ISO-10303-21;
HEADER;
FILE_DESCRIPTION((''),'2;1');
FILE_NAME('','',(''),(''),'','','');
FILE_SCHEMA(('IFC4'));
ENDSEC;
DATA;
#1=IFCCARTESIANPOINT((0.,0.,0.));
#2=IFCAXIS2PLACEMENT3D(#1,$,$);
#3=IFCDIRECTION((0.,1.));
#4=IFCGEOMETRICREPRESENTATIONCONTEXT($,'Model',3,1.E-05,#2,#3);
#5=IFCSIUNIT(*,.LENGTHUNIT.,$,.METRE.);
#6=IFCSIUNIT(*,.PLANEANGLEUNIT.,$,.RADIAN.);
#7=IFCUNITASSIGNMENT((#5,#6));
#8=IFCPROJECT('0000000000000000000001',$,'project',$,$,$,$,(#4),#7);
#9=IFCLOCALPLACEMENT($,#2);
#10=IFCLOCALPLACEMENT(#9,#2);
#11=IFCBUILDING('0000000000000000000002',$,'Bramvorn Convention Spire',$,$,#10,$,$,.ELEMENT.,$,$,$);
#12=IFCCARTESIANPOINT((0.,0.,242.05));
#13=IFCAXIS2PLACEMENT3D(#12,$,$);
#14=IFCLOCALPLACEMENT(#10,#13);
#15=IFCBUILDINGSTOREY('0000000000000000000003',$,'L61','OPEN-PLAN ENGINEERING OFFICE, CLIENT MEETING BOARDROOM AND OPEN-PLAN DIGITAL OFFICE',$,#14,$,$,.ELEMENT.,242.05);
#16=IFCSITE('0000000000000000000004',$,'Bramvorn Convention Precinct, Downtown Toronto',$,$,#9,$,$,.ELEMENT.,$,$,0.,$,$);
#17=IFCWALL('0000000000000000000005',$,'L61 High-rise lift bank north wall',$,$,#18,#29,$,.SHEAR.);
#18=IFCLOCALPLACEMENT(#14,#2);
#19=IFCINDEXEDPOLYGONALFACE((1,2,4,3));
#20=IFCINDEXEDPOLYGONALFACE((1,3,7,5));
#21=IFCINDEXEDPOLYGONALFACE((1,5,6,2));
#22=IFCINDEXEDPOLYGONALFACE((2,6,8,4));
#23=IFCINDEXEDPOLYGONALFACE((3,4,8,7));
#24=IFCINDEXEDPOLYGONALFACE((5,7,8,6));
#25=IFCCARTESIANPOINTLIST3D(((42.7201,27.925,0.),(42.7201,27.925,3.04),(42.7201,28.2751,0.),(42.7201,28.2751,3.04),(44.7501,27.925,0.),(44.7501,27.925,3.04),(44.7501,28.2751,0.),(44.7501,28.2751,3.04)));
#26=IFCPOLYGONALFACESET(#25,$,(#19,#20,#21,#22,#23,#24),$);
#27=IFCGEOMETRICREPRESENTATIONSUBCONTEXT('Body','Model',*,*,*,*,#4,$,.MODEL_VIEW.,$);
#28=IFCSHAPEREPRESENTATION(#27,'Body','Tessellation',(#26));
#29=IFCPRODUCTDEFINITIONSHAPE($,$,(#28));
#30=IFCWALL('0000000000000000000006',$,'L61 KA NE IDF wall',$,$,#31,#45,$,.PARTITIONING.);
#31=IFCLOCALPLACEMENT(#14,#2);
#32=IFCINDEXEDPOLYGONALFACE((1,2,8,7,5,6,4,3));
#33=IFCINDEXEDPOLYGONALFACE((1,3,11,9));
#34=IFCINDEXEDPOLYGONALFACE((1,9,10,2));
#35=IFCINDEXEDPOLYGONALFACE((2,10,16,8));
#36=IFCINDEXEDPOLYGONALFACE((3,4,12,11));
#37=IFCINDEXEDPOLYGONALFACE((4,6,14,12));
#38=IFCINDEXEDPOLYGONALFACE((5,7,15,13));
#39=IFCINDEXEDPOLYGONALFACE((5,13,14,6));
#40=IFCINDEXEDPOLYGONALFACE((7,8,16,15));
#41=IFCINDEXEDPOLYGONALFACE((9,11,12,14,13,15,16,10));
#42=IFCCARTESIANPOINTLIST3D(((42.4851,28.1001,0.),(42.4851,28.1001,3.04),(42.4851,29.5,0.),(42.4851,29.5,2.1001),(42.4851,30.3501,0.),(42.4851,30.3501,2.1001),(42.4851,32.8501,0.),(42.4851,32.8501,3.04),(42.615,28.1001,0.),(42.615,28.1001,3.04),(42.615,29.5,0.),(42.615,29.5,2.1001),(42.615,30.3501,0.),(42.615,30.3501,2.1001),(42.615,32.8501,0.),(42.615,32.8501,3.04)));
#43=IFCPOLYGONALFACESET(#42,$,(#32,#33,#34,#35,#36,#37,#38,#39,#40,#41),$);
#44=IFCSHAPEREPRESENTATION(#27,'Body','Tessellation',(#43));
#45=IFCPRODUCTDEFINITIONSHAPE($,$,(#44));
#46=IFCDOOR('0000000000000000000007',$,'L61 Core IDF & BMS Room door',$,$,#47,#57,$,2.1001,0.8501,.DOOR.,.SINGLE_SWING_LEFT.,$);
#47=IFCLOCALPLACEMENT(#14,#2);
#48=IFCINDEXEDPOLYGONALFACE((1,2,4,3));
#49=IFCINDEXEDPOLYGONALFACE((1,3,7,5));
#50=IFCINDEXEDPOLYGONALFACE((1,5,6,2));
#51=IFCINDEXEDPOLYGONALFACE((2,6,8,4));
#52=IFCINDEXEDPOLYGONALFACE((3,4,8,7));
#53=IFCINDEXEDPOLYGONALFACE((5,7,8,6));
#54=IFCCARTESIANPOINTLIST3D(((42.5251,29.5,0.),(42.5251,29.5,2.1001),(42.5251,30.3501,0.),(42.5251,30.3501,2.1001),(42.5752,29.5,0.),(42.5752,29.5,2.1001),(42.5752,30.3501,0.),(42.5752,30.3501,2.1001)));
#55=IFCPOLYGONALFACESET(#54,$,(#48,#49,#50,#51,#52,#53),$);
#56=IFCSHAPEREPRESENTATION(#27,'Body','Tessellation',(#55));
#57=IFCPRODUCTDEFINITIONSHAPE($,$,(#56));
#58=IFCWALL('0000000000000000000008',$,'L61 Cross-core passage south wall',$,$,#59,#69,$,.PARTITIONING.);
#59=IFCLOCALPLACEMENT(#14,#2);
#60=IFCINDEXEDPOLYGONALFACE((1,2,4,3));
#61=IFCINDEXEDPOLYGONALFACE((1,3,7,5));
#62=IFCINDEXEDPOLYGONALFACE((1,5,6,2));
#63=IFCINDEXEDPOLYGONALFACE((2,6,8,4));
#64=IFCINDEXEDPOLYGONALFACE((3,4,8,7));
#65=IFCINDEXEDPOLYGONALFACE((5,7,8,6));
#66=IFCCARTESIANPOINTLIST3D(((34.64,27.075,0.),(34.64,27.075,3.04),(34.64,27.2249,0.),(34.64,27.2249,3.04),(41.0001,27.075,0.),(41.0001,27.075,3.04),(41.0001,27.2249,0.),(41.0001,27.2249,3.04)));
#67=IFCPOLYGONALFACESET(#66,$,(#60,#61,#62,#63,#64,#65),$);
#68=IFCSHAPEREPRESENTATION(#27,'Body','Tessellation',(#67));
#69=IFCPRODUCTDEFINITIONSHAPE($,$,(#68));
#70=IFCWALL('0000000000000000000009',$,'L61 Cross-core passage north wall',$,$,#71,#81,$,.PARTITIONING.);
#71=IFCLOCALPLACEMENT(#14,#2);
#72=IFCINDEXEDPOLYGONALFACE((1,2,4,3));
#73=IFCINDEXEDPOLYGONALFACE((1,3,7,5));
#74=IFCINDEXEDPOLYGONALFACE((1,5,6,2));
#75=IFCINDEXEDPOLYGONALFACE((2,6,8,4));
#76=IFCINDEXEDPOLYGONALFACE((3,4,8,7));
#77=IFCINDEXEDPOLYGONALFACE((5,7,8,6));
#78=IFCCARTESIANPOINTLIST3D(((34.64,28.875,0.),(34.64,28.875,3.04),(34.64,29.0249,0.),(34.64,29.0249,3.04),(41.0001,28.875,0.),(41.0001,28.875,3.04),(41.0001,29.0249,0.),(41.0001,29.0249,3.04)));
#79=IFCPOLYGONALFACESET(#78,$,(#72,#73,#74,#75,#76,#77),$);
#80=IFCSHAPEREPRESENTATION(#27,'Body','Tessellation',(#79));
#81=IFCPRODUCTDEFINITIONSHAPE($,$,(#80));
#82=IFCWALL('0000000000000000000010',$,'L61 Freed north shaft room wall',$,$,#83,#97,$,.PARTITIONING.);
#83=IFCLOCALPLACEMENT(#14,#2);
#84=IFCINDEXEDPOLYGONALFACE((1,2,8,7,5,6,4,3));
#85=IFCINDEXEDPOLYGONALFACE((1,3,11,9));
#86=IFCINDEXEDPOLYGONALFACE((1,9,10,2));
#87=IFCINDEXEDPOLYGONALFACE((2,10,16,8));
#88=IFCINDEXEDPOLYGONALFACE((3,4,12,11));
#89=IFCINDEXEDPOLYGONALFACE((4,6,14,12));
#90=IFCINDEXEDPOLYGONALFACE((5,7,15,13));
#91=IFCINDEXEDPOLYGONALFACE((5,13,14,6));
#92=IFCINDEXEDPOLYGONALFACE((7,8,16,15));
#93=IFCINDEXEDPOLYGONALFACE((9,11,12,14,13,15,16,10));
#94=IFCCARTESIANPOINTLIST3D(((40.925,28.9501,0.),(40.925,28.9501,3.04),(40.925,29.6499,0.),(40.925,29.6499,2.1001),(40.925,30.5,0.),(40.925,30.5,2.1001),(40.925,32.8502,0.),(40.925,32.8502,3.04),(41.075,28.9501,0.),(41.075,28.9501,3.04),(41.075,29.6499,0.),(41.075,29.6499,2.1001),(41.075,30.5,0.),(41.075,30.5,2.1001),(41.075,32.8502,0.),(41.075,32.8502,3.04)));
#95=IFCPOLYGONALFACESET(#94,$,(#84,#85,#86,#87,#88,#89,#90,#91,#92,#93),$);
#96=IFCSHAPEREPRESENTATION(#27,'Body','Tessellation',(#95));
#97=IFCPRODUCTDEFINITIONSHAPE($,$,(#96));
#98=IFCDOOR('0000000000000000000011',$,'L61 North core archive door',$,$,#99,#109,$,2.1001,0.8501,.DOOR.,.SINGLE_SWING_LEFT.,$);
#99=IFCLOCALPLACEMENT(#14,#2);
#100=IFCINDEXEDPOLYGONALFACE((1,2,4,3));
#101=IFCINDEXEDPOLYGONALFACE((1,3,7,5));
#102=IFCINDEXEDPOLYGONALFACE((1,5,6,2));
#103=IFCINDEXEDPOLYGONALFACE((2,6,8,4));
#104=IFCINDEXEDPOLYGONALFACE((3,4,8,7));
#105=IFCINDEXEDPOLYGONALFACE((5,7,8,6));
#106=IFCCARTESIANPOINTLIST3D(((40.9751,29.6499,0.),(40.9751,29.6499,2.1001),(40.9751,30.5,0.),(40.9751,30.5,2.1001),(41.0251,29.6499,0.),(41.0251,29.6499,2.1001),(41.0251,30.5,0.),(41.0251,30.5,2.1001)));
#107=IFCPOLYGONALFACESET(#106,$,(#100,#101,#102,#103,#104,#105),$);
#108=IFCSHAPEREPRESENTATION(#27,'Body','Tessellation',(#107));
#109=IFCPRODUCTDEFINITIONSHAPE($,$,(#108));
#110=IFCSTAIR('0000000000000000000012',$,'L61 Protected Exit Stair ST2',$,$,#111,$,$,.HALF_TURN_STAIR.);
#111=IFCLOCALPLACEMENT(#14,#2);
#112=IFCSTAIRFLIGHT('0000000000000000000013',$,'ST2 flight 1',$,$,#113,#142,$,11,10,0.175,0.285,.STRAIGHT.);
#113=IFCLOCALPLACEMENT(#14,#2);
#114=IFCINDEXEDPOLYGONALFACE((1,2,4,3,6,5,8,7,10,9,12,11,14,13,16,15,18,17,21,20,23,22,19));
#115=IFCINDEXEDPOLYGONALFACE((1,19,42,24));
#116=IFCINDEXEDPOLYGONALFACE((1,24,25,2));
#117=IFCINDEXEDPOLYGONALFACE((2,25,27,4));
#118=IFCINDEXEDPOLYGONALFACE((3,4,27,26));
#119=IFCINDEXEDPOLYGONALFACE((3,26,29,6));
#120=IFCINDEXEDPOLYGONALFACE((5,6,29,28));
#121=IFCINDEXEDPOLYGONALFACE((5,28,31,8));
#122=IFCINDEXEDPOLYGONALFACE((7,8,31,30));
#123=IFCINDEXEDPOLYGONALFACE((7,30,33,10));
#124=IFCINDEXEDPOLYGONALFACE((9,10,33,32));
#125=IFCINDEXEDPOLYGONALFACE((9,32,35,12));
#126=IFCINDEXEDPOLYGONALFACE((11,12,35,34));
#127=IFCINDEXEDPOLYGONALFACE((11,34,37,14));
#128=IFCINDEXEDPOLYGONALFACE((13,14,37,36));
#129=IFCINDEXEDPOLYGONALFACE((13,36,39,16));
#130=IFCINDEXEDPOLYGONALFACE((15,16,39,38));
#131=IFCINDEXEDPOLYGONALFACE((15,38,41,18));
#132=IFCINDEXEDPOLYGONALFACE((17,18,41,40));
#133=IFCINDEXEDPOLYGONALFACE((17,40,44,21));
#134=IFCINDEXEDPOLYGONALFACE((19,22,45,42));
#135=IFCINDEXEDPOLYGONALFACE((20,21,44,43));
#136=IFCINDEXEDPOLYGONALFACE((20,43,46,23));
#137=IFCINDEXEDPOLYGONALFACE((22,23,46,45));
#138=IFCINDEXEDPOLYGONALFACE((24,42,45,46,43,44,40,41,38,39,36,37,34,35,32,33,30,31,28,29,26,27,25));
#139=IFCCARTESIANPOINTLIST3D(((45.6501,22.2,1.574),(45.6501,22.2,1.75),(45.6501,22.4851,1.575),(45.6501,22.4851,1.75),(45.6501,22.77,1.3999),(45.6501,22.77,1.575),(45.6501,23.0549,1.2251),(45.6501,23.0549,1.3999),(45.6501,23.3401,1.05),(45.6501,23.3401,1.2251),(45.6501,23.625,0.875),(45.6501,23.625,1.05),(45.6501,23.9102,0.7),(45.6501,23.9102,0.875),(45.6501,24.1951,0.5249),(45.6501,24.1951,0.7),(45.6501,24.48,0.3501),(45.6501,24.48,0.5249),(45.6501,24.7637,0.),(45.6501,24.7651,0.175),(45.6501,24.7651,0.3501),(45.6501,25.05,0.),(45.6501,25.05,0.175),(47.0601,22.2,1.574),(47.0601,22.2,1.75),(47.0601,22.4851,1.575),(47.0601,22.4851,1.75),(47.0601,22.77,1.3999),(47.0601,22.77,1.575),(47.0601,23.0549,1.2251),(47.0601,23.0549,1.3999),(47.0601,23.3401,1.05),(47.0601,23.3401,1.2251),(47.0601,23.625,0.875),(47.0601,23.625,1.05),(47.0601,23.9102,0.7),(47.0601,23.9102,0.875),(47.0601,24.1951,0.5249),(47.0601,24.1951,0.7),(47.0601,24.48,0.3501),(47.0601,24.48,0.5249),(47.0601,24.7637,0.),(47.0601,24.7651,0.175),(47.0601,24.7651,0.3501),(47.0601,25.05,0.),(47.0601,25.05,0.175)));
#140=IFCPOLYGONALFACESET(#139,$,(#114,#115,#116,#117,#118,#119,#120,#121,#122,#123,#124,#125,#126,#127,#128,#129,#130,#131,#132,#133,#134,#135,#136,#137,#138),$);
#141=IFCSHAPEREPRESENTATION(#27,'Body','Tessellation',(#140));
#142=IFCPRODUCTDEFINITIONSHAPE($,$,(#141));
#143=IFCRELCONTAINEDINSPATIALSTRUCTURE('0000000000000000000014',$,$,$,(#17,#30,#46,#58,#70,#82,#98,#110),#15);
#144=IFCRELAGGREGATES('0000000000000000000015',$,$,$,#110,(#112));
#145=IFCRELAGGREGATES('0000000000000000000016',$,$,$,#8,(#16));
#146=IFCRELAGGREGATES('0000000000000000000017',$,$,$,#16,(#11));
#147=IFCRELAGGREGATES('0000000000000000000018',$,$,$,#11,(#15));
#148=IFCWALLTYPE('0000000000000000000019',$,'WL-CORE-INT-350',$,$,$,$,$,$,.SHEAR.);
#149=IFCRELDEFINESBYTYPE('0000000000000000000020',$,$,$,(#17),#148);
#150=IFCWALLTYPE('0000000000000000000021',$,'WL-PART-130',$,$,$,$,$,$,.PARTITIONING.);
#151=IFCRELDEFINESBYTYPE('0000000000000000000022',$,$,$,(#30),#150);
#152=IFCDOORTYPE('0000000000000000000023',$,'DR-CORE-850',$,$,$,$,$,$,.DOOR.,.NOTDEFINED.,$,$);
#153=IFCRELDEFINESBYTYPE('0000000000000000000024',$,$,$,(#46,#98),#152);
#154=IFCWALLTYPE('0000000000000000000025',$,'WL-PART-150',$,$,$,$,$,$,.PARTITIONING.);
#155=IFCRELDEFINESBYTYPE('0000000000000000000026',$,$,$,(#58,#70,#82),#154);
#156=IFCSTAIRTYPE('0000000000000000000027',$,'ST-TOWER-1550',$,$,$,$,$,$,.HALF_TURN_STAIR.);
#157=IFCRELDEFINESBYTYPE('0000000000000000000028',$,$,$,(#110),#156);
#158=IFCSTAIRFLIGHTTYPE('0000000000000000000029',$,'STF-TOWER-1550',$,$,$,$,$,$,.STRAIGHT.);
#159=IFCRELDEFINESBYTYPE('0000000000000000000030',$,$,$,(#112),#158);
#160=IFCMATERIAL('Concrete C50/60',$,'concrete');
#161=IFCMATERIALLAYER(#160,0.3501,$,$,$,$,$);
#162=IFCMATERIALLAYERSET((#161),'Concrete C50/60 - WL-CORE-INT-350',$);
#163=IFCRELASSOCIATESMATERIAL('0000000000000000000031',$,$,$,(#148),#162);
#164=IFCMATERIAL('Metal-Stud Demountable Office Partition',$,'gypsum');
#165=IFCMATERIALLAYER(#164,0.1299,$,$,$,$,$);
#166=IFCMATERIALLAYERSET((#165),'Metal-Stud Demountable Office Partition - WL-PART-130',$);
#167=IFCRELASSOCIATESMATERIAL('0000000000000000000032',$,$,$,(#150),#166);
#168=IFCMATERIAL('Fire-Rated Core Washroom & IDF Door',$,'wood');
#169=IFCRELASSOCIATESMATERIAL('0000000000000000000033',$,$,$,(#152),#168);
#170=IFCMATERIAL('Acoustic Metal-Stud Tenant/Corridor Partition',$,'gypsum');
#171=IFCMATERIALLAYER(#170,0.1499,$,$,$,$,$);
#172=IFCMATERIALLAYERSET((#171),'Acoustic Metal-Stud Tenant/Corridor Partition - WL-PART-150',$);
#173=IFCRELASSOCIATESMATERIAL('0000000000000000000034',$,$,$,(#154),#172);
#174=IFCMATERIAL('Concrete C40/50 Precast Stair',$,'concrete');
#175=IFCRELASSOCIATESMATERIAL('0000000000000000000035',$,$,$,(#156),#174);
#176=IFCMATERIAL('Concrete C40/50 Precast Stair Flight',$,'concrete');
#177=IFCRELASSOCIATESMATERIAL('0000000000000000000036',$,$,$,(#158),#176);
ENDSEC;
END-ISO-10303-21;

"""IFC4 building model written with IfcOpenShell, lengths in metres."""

from ifc_helpers import new_model, si_unit, direction, frame, frame_2d, origin, place, context, subcontext, project, spatial, polyline, rectangle, outline, extrude, material, layer, layer_set, type_object, element, fill, aggregate, save


model = new_model("IFC4")

# Units and contexts
model_context = context("Model", 3, precision=1e-05, world=origin(), true_north=direction((0.0, 1.0)))
body_context = subcontext(model_context, "Body", "Model", "MODEL_VIEW")
ifc_project = project(units=[si_unit("LENGTHUNIT", "METRE"), si_unit("PLANEANGLEUNIT", "RADIAN")], contexts=[model_context])

# Site, building, storey
site_placement = place(None, origin())
site = spatial("IfcSite", under=ifc_project, at=site_placement, Name="Bramvorn Convention Precinct, Downtown Toronto", CompositionType="ELEMENT", RefElevation=0.0)
building_placement = place(site_placement, origin())
building = spatial("IfcBuilding", under=site, at=building_placement, Name="Bramvorn Convention Spire", CompositionType="ELEMENT")
storey_placement = place(building_placement, frame((0.0, 0.0, 242.05)))
storey = spatial("IfcBuildingStorey", under=building, at=storey_placement, Name="L61", Description="OPEN-PLAN ENGINEERING OFFICE, CLIENT MEETING BOARDROOM AND OPEN-PLAN DIGITAL OFFICE", CompositionType="ELEMENT", Elevation=242.05)

# Shared definitions
ifc_material_1 = material(Name="Concrete C50/60", Category="concrete")
ifc_layer_1 = layer(ifc_material_1, 0.3501)
ifc_layer_set_1 = layer_set([ifc_layer_1], Name="Concrete C50/60 - WL-CORE-INT-350")
wall_type_1 = type_object("IfcWallType", Name="WL-CORE-INT-350", PredefinedType="SHEAR", material=ifc_layer_set_1)

# Wall
wall_1_placement = place(storey_placement, frame((42.72, 28.1001, 0.0), z_axis=(0.0, 0.0, 1.0), x_axis=(1.0, 0.0, 0.0)))
element("IfcWall", 1, at=wall_1_placement, inside=storey, type_object=wall_type_1, Name="L61 High-rise lift bank north wall", PredefinedType="SHEAR", context=body_context, shape_type="SweptSolid", body=[
    extrude(rectangle(XDim=2.03, YDim=0.3501, at=frame_2d((1.0151, 0.0))), origin(), (0.0, 0.0, 1.0), 3.04),
])

# Wall, opening, door
ifc_material_2 = material(Name="Metal-Stud Demountable Office Partition", Category="gypsum")
ifc_layer_2 = layer(ifc_material_2, 0.1299)
ifc_layer_set_2 = layer_set([ifc_layer_2], Name="Metal-Stud Demountable Office Partition - WL-PART-130")
wall_type_2 = type_object("IfcWallType", Name="WL-PART-130", PredefinedType="PARTITIONING", material=ifc_layer_set_2)
wall_2_placement = place(storey_placement, frame((42.55, 28.1001, 0.0), z_axis=(0.0, 0.0, 1.0), x_axis=(0.0, 1.0, 0.0)))
wall_2 = element("IfcWall", 2, at=wall_2_placement, inside=storey, type_object=wall_type_2, Name="L61 KA NE IDF wall", PredefinedType="PARTITIONING", context=body_context, shape_type="SweptSolid", body=[
    extrude(rectangle(XDim=4.75, YDim=0.1299, at=frame_2d((2.375, 0.0))), origin(), (0.0, 0.0, 1.0), 3.04),
])
opening_1_placement = place(wall_2_placement, frame((1.3999, 0.0, 0.0)))
opening_1 = element("IfcOpeningElement", 3, at=opening_1_placement, cuts=wall_2, PredefinedType="OPENING", context=body_context, shape_type="SweptSolid", body=[
    extrude(rectangle(XDim=0.8501, YDim=2.1001, at=frame_2d((0.425, 1.05))), frame((0.0, 0.075, 0.0), z_axis=(0.0, -1.0, 0.0), x_axis=(1.0, 0.0, 0.0)), (0.0, 0.0, 1.0), 0.1499),
])
ifc_material_3 = material(Name="Fire-Rated Core Washroom & IDF Door", Category="wood")
door_type_1 = type_object("IfcDoorType", Name="DR-CORE-850", OperationType="NOTDEFINED", PredefinedType="DOOR", material=ifc_material_3)
door_1_placement = place(opening_1_placement, origin())
door_1 = element("IfcDoor", 4, at=door_1_placement, inside=storey, type_object=door_type_1, Name="L61 Core IDF & BMS Room door", OperationType="SINGLE_SWING_LEFT", OverallHeight=2.1001, OverallWidth=0.8501, PredefinedType="DOOR", context=body_context, shape_type="SweptSolid", body=[
    extrude(rectangle(XDim=0.8501, YDim=2.1001, at=frame_2d((0.425, 1.05))), frame((0.0, 0.0249, 0.0), z_axis=(0.0, -1.0, 0.0), x_axis=(1.0, 0.0, 0.0)), (0.0, 0.0, 1.0), 0.05),
])
fill(opening_1, door_1)

# Walls
ifc_material_4 = material(Name="Acoustic Metal-Stud Tenant/Corridor Partition", Category="gypsum")
ifc_layer_3 = layer(ifc_material_4, 0.1499)
ifc_layer_set_3 = layer_set([ifc_layer_3], Name="Acoustic Metal-Stud Tenant/Corridor Partition - WL-PART-150")
wall_type_3 = type_object("IfcWallType", Name="WL-PART-150", PredefinedType="PARTITIONING", material=ifc_layer_set_3)
for number, where, z_axis, x_axis, name in (
    (5, (34.6399, 27.1499, 0.0), (0.0, 0.0, 1.0), (1.0, 0.0, 0.0), "L61 Cross-core passage south wall"),
    (6, (34.6399, 28.95, 0.0), (0.0, 0.0, 1.0), (1.0, 0.0, 0.0), "L61 Cross-core passage north wall"),
):
    element("IfcWall", number, at=place(storey_placement, frame(where, z_axis=z_axis, x_axis=x_axis)), inside=storey, type_object=wall_type_3, Name=name, PredefinedType="PARTITIONING", context=body_context, shape_type="SweptSolid", body=[
        extrude(rectangle(XDim=6.3601, YDim=0.1499, at=frame_2d((3.1802, 0.0))), origin(), (0.0, 0.0, 1.0), 3.04),
    ])

# Wall, opening, door
wall_3_placement = place(storey_placement, frame((41.0, 28.95, 0.0), z_axis=(0.0, 0.0, 1.0), x_axis=(0.0, 1.0, 0.0)))
wall_3 = element("IfcWall", 7, at=wall_3_placement, inside=storey, type_object=wall_type_3, Name="L61 Freed north shaft room wall", PredefinedType="PARTITIONING", context=body_context, shape_type="SweptSolid", body=[
    extrude(rectangle(XDim=3.9001, YDim=0.1499, at=frame_2d((1.9502, 0.0))), origin(), (0.0, 0.0, 1.0), 3.04),
])
opening_2_placement = place(wall_3_placement, frame((0.7, 0.0, 0.0)))
opening_2 = element("IfcOpeningElement", 8, at=opening_2_placement, cuts=wall_3, PredefinedType="OPENING", context=body_context, shape_type="SweptSolid", body=[
    extrude(rectangle(XDim=0.8501, YDim=2.1001, at=frame_2d((0.425, 1.05))), frame((0.0, 0.085, 0.0), z_axis=(0.0, -1.0, 0.0), x_axis=(1.0, 0.0, 0.0)), (0.0, 0.0, 1.0), 0.1699),
])
door_2_placement = place(opening_2_placement, origin())
door_2 = element("IfcDoor", 9, at=door_2_placement, inside=storey, type_object=door_type_1, Name="L61 North core archive door", OperationType="SINGLE_SWING_LEFT", OverallHeight=2.1001, OverallWidth=0.8501, PredefinedType="DOOR", context=body_context, shape_type="SweptSolid", body=[
    extrude(rectangle(XDim=0.8501, YDim=2.1001, at=frame_2d((0.425, 1.05))), frame((0.0, 0.0249, 0.0), z_axis=(0.0, -1.0, 0.0), x_axis=(1.0, 0.0, 0.0)), (0.0, 0.0, 1.0), 0.05),
])
fill(opening_2, door_2)

# Stair, stair flight
ifc_material_5 = material(Name="Concrete C40/50 Precast Stair", Category="concrete")
stair_type = type_object("IfcStairType", Name="ST-TOWER-1550", PredefinedType="HALF_TURN_STAIR", material=ifc_material_5)
stair_placement = place(storey_placement, origin())
stair = element("IfcStair", 10, at=stair_placement, inside=storey, type_object=stair_type, Name="L61 Protected Exit Stair ST2", PredefinedType="HALF_TURN_STAIR")
ifc_material_6 = material(Name="Concrete C40/50 Precast Stair Flight", Category="concrete")
stair_flight_type = type_object("IfcStairFlightType", Name="STF-TOWER-1550", PredefinedType="STRAIGHT", material=ifc_material_6)
stair_flight_placement = place(storey_placement, frame((46.355, 25.05, 0.0), z_axis=(0.0, 0.0, 1.0), x_axis=(0.0, -1.0, 0.0)))
stair_flight = element("IfcStairFlight", 11, at=stair_flight_placement, type_object=stair_flight_type, Name="ST2 flight 1", NumberOfRisers=11, NumberOfTreads=10, PredefinedType="STRAIGHT", RiserHeight=0.175, TreadLength=0.285, context=body_context, shape_type="SweptSolid", body=[
    extrude(outline(polyline([(0.0, 0.0), (0.0, 0.175), (0.2849, 0.175), (0.2849, 0.3501), (0.5701, 0.3501), (0.5701, 0.5249), (0.855, 0.5249), (0.855, 0.7), (1.1399, 0.7), (1.1399, 0.875), (1.425, 0.875), (1.425, 1.05), (1.71, 1.05), (1.71, 1.2251), (1.9951, 1.2251), (1.9951, 1.3999), (2.28, 1.3999), (2.28, 1.575), (2.5649, 1.575), (2.5649, 1.75), (2.8501, 1.75), (2.8501, 1.925), (2.8501, 1.574), (0.2864, 0.0), (0.0, 0.0)])), frame((0.0, 0.7051, 0.0), z_axis=(0.0, -1.0, 0.0), x_axis=(1.0, 0.0, 0.0)), (0.0, 0.0, 1.0), 1.4099),
])
aggregate(stair, [stair_flight])

save(model, "model.ifc")
